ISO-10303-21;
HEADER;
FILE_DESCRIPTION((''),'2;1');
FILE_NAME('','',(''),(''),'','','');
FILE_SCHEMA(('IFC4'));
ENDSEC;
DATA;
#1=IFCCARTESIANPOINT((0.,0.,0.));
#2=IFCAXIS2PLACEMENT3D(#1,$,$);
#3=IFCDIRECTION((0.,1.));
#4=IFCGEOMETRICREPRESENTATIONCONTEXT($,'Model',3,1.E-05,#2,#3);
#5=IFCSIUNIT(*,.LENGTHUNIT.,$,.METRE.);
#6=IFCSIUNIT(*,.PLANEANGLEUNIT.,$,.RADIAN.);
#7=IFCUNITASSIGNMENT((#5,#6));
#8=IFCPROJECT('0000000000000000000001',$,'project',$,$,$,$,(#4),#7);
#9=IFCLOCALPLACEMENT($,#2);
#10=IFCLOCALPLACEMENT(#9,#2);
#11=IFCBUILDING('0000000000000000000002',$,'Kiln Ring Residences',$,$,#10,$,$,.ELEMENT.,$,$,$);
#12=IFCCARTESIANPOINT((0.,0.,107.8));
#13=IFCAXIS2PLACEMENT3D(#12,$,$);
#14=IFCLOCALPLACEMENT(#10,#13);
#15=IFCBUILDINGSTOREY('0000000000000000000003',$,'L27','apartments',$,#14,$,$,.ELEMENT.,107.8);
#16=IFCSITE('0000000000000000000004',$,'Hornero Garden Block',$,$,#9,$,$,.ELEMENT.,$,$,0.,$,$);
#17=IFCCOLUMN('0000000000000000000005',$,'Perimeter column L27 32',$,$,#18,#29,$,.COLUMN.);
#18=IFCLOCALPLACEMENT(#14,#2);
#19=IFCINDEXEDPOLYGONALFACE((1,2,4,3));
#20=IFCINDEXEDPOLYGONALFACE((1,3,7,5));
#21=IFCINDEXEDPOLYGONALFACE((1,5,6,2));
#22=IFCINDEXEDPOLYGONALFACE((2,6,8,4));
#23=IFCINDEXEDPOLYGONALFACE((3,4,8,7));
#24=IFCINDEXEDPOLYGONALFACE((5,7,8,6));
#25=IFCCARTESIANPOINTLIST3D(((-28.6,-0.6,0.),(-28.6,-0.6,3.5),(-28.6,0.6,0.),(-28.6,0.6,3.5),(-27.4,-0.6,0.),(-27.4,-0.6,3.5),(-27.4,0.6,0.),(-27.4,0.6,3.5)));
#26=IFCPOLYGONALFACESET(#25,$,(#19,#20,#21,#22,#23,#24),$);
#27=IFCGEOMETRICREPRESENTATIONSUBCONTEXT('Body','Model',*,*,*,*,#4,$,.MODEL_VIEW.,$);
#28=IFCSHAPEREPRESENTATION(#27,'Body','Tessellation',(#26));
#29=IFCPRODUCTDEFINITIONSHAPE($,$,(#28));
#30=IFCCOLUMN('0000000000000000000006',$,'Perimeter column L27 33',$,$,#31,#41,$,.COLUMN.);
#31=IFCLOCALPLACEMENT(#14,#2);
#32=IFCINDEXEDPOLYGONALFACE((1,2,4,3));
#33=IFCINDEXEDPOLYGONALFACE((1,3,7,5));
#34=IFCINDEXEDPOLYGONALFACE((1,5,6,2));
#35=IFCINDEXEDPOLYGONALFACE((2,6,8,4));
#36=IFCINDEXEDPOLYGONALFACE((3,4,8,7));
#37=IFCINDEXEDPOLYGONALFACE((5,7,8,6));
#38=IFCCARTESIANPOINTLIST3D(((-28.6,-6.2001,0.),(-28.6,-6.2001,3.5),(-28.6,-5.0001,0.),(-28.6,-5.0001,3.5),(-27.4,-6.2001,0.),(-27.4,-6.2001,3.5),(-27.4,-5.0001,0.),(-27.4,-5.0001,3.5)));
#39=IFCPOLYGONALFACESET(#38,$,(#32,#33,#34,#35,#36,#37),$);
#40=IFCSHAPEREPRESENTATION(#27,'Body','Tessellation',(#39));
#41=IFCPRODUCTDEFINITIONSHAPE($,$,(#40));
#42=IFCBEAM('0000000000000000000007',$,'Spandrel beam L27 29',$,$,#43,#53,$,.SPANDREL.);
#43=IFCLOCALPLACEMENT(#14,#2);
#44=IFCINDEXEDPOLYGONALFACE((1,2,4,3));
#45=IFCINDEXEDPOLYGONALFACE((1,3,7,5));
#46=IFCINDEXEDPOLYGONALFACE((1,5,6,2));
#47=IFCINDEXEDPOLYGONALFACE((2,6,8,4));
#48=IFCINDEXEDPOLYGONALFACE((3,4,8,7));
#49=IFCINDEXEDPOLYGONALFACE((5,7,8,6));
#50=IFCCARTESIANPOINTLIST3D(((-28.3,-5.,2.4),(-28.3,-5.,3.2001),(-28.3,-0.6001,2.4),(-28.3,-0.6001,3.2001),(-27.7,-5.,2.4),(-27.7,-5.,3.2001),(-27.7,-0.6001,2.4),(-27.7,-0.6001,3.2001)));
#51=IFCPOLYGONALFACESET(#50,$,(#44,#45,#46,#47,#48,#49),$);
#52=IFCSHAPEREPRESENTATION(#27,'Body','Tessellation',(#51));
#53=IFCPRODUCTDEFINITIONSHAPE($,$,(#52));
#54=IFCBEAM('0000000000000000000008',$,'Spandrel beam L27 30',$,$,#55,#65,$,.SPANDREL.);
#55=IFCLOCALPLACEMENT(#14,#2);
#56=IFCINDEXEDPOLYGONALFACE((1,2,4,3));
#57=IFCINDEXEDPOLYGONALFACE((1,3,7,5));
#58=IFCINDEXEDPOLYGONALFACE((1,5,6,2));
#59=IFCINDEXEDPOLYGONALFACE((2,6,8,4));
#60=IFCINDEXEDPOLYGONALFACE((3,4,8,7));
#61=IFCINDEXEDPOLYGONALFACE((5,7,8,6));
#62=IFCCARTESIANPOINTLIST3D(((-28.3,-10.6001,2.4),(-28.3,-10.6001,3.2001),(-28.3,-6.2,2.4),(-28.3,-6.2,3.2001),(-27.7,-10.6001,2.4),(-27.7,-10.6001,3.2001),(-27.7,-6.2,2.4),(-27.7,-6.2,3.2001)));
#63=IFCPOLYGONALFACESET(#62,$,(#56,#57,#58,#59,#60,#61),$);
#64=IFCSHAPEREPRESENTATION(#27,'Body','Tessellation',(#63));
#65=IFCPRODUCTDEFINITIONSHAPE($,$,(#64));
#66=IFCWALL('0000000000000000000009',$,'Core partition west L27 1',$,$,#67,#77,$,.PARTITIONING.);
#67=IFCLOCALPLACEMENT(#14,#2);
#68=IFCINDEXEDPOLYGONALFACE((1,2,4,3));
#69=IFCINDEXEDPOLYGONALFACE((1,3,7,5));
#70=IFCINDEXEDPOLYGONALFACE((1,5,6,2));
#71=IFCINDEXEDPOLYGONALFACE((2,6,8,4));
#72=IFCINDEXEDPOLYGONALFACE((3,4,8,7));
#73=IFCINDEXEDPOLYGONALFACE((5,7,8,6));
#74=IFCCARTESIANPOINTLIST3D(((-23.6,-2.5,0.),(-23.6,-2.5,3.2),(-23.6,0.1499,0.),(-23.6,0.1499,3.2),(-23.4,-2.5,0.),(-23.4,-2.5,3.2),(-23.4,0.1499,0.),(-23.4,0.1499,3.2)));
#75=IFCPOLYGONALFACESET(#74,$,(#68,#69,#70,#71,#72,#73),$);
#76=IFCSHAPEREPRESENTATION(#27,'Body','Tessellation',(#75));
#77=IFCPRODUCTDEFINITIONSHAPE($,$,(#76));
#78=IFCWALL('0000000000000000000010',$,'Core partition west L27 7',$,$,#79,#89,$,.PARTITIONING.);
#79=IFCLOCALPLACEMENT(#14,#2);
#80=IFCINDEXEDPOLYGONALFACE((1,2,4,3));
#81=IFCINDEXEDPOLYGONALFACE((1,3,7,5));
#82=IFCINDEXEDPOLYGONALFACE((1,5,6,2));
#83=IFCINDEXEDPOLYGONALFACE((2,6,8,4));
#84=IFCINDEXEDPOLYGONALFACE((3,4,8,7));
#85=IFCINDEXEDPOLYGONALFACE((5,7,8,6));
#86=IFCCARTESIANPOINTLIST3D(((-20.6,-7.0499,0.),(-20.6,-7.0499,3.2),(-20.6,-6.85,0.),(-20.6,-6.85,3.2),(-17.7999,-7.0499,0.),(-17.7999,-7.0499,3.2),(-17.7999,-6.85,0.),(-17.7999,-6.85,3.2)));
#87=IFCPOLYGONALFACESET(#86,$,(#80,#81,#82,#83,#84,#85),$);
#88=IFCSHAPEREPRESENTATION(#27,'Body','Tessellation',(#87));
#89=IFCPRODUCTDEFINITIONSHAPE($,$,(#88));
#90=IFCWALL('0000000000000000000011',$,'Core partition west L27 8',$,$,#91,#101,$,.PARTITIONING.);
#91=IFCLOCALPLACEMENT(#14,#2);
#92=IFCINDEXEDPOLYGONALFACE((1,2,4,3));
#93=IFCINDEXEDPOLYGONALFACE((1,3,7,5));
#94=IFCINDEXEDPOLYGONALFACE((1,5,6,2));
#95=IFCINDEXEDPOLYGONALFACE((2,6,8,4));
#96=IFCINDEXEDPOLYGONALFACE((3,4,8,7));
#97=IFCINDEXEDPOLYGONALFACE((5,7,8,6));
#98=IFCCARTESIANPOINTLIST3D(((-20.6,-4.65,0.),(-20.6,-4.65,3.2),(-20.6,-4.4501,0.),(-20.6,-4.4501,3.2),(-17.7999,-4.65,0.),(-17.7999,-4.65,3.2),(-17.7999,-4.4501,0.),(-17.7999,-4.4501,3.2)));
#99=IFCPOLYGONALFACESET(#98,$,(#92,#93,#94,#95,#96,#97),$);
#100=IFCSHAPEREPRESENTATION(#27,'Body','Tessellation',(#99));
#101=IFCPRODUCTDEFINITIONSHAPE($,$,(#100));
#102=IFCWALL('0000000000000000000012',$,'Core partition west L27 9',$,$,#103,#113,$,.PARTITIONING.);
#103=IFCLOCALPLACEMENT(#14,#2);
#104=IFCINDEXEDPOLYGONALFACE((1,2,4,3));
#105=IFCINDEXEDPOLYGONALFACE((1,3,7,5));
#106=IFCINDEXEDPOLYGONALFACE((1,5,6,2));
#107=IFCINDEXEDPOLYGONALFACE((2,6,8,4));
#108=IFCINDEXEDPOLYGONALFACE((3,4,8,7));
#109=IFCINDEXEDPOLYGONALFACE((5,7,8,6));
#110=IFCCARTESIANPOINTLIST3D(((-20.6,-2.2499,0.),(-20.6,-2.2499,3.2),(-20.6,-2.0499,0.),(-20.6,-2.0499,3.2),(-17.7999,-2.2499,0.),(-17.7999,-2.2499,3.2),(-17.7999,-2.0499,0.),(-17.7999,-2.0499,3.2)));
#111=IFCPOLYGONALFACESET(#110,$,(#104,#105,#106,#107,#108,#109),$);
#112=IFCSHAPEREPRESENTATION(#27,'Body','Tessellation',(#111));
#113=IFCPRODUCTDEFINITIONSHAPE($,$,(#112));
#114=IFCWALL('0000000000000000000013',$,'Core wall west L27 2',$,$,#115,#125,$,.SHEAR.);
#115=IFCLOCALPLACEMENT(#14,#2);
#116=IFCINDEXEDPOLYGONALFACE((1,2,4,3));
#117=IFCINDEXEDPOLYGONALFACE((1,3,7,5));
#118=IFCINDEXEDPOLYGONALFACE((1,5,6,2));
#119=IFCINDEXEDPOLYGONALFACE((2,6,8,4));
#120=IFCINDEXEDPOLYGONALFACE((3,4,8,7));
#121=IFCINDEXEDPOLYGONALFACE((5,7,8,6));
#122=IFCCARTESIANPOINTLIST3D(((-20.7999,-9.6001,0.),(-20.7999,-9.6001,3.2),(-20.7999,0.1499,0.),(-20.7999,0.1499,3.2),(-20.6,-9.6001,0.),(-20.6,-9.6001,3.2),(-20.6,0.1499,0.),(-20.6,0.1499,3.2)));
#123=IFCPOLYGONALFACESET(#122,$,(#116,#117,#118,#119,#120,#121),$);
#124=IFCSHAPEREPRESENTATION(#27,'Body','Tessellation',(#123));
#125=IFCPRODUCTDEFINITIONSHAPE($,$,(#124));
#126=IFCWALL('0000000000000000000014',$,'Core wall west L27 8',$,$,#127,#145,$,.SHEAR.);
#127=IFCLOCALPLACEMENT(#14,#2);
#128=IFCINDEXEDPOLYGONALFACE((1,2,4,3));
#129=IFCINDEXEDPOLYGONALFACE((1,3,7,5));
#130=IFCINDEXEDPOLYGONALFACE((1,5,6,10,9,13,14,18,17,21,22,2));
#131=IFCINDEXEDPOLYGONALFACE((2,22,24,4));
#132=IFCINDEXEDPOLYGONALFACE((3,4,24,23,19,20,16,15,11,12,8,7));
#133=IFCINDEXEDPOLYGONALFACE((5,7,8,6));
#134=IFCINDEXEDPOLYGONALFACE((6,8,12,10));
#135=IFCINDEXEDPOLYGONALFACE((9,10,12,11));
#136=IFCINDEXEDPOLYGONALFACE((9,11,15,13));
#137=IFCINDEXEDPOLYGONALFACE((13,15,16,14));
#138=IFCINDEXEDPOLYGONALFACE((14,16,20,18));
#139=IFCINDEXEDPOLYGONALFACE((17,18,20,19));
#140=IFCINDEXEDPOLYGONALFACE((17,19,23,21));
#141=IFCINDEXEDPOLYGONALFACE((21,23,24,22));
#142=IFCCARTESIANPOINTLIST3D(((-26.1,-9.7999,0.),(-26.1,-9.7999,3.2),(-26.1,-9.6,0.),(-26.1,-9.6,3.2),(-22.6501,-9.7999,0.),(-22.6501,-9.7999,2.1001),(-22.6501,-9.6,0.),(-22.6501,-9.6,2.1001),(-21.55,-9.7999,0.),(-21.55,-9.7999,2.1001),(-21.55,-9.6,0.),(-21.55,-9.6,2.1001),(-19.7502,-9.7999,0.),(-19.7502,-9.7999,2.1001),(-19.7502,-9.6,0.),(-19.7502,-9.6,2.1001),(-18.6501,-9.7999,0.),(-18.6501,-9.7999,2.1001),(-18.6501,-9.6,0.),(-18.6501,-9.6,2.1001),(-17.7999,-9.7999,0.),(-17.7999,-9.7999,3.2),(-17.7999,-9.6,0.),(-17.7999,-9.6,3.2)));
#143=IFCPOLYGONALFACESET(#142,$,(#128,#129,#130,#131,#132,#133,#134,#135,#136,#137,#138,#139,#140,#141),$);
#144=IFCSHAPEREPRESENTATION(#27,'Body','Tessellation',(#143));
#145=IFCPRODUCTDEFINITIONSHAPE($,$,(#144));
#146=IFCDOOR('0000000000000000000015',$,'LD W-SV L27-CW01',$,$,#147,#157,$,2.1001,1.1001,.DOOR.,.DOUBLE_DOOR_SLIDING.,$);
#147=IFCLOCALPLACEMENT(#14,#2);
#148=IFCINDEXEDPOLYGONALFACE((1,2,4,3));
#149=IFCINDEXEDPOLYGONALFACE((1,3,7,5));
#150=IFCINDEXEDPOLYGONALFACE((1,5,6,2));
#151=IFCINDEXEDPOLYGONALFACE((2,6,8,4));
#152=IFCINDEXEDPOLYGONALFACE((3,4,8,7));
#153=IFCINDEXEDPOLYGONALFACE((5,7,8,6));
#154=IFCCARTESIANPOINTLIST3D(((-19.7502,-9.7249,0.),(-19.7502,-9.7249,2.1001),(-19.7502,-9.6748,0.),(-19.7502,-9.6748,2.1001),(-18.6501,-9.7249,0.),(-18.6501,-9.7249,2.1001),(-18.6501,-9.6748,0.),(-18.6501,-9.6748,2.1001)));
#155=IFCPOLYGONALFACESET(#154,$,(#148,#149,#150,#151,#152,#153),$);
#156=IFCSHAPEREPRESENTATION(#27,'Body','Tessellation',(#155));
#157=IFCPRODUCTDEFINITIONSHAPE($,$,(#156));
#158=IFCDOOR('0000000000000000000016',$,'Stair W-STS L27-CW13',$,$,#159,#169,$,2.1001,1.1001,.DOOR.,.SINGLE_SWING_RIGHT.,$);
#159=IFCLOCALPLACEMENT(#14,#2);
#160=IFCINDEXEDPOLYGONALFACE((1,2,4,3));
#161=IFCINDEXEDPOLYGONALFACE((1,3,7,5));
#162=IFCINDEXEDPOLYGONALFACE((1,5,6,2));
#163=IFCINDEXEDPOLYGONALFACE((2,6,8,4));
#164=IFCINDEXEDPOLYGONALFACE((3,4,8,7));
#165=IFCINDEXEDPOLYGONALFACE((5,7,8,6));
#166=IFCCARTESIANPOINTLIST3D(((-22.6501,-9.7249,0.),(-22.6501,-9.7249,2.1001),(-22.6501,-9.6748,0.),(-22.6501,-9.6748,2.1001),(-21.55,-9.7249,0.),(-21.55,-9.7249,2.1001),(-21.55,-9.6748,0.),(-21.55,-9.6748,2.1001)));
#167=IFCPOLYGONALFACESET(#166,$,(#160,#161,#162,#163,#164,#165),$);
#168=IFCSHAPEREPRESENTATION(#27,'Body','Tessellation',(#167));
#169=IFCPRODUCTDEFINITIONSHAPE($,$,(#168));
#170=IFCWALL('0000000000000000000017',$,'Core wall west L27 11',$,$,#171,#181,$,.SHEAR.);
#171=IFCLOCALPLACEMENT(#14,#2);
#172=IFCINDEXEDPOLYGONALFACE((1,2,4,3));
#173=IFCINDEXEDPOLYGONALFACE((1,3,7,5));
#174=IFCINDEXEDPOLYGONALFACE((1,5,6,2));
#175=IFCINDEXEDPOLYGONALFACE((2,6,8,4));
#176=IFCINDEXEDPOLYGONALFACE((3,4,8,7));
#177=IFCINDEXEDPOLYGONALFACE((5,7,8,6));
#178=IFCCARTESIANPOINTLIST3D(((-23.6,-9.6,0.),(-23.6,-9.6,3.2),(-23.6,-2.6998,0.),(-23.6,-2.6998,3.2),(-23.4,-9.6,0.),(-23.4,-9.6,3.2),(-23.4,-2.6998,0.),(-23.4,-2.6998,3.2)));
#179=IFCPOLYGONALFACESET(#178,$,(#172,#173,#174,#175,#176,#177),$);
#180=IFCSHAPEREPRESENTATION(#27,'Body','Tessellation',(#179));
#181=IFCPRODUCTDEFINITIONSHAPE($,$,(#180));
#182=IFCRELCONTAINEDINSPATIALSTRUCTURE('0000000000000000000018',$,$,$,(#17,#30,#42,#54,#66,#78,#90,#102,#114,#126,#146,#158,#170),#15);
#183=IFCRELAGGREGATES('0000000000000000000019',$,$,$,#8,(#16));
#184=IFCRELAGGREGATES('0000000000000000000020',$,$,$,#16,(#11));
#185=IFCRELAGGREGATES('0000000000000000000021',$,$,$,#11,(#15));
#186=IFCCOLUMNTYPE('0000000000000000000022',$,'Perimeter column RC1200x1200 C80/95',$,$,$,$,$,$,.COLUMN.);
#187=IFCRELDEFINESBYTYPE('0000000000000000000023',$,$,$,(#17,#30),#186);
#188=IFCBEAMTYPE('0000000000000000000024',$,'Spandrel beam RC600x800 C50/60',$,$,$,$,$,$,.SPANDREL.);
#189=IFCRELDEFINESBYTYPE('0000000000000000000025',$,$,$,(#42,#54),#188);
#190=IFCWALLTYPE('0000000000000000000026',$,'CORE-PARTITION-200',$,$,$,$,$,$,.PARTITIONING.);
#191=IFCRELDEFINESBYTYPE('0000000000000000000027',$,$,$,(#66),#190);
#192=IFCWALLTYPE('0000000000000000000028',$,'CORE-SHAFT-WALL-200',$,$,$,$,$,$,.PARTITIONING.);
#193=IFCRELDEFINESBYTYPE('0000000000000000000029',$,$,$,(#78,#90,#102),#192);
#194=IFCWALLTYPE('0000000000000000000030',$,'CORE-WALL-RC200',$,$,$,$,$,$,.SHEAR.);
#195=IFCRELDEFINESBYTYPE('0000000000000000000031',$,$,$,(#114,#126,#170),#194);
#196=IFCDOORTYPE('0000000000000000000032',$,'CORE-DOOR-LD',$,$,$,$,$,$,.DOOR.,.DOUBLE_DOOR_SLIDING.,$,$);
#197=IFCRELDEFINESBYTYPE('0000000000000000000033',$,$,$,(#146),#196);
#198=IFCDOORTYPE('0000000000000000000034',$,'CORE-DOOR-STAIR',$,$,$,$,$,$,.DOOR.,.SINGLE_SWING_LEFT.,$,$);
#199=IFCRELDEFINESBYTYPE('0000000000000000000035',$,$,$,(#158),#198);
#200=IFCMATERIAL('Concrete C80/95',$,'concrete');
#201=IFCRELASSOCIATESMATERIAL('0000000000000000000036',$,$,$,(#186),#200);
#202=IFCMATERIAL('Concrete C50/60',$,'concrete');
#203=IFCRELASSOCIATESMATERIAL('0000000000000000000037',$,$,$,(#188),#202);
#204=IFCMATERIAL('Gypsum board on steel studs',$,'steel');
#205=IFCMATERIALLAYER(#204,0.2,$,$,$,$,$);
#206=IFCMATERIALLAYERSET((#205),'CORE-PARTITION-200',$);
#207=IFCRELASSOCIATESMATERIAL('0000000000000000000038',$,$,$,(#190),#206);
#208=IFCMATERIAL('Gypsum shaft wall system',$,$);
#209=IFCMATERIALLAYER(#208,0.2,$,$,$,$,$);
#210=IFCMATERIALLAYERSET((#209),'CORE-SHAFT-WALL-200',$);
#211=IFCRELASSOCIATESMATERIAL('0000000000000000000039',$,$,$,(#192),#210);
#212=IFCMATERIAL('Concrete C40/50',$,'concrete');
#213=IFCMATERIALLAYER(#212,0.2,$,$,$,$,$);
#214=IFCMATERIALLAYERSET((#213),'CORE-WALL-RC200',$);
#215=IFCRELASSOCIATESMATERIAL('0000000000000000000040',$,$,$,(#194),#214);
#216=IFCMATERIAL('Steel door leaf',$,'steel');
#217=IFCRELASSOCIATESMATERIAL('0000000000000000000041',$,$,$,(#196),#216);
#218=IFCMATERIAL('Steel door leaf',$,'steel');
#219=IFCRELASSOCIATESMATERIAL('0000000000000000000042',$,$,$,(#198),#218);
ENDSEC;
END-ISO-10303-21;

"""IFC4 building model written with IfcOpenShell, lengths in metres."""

from ifc_helpers import new_model, si_unit, direction, frame, frame_2d, origin, origin_2d, place, context, subcontext, project, spatial, rectangle, extrude, material, layer, layer_set, material_profile, profile_set, type_object, element, fill, save


model = new_model("IFC4")

# Units and contexts
model_context = context("Model", 3, precision=1e-05, world=origin(), true_north=direction((0.0, 1.0)))
body_context = subcontext(model_context, "Body", "Model", "MODEL_VIEW")
ifc_project = project(units=[si_unit("LENGTHUNIT", "METRE"), si_unit("PLANEANGLEUNIT", "RADIAN")], contexts=[model_context])

# Site, building, storey
site_placement = place(None, origin())
site = spatial("IfcSite", under=ifc_project, at=site_placement, Name="Hornero Garden Block", CompositionType="ELEMENT", RefElevation=0.0)
building_placement = place(site_placement, origin())
building = spatial("IfcBuilding", under=site, at=building_placement, Name="Kiln Ring Residences", CompositionType="ELEMENT")
storey_placement = place(building_placement, frame((0.0, 0.0, 107.8)))
storey = spatial("IfcBuildingStorey", under=building, at=storey_placement, Name="L27", Description="apartments", CompositionType="ELEMENT", Elevation=107.8)

# Columns
ifc_material_1 = material(Name="Concrete C80/95", Category="concrete")
ifc_material_profile_1 = material_profile(ifc_material_1, rectangle(XDim=1.2, YDim=1.2, at=origin_2d()), Name="RC1200x1200")
ifc_profile_set_1 = profile_set([ifc_material_profile_1], Name="Concrete C80/95")
column_type = type_object("IfcColumnType", Name="Perimeter column RC1200x1200 C80/95", PredefinedType="COLUMN", material=ifc_profile_set_1)
for number, where, z_axis, x_axis, name in (
    (1, (-28.0, 0.0, 0.0), (0.0, 0.0, 1.0), (1.0, 0.0, 0.0), "Perimeter column L27 32"),
    (2, (-28.0, -5.6001, 0.0), (0.0, 0.0, 1.0), (1.0, 0.0, 0.0), "Perimeter column L27 33"),
):
    element("IfcColumn", number, at=place(storey_placement, frame(where, z_axis=z_axis, x_axis=x_axis)), inside=storey, type_object=column_type, Name=name, PredefinedType="COLUMN", context=body_context, shape_type="SweptSolid", body=[
        extrude(rectangle(XDim=1.2, YDim=1.2, at=origin_2d()), origin(), (0.0, 0.0, 1.0), 3.5),
    ])

# Beams
ifc_material_2 = material(Name="Concrete C50/60", Category="concrete")
ifc_material_profile_2 = material_profile(ifc_material_2, rectangle(XDim=0.6001, YDim=0.8, at=origin_2d()), Name="RC600x800")
ifc_profile_set_2 = profile_set([ifc_material_profile_2], Name="Concrete C50/60")
beam_type = type_object("IfcBeamType", Name="Spandrel beam RC600x800 C50/60", PredefinedType="SPANDREL", material=ifc_profile_set_2)
beam_1_placement = place(storey_placement, frame((-28.0, -0.6001, 2.8), z_axis=(0.0, -1.0, 0.0), x_axis=(1.0, 0.0, 0.0)))
element("IfcBeam", 3, at=beam_1_placement, inside=storey, type_object=beam_type, Name="Spandrel beam L27 29", PredefinedType="SPANDREL", context=body_context, shape_type="SweptSolid", body=[
    extrude(rectangle(XDim=0.6001, YDim=0.8, at=origin_2d()), origin(), (0.0, 0.0, 1.0), 4.3999),
])
beam_2_placement = place(storey_placement, frame((-28.0, -6.2, 2.8), z_axis=(0.0, -1.0, 0.0), x_axis=(1.0, 0.0, 0.0)))
element("IfcBeam", 4, at=beam_2_placement, inside=storey, type_object=beam_type, Name="Spandrel beam L27 30", PredefinedType="SPANDREL", context=body_context, shape_type="SweptSolid", body=[
    extrude(rectangle(XDim=0.6001, YDim=0.8, at=origin_2d()), origin(), (0.0, 0.0, 1.0), 4.4001),
])

# Walls
ifc_material_3 = material(Name="Gypsum board on steel studs", Category="steel")
ifc_layer_1 = layer(ifc_material_3, 0.2)
ifc_layer_set_1 = layer_set([ifc_layer_1], Name="CORE-PARTITION-200")
wall_type_1 = type_object("IfcWallType", Name="CORE-PARTITION-200", PredefinedType="PARTITIONING", material=ifc_layer_set_1)
wall_1_placement = place(storey_placement, frame((-23.5, -2.5, 0.0), z_axis=(0.0, 0.0, 1.0), x_axis=(0.0, 1.0, 0.0)))
element("IfcWall", 5, at=wall_1_placement, inside=storey, type_object=wall_type_1, Name="Core partition west L27 1", PredefinedType="PARTITIONING", context=body_context, shape_type="SweptSolid", body=[
    extrude(rectangle(XDim=2.6499, YDim=0.2, at=frame_2d((1.325, 0.0))), origin(), (0.0, 0.0, 1.0), 3.2),
])
ifc_material_4 = material(Name="Gypsum shaft wall system")
ifc_layer_2 = layer(ifc_material_4, 0.2)
ifc_layer_set_2 = layer_set([ifc_layer_2], Name="CORE-SHAFT-WALL-200")
wall_type_2 = type_object("IfcWallType", Name="CORE-SHAFT-WALL-200", PredefinedType="PARTITIONING", material=ifc_layer_set_2)
for number, where, z_axis, x_axis, name in (
    (6, (-17.8, -6.95, 0.0), (0.0, 0.0, 1.0), (-1.0, 0.0, 0.0), "Core partition west L27 7"),
    (7, (-17.8, -4.55, 0.0), (0.0, 0.0, 1.0), (-1.0, 0.0, 0.0), "Core partition west L27 8"),
    (8, (-17.8, -2.1499, 0.0), (0.0, 0.0, 1.0), (-1.0, 0.0, 0.0), "Core partition west L27 9"),
):
    element("IfcWall", number, at=place(storey_placement, frame(where, z_axis=z_axis, x_axis=x_axis)), inside=storey, type_object=wall_type_2, Name=name, PredefinedType="PARTITIONING", context=body_context, shape_type="SweptSolid", body=[
        extrude(rectangle(XDim=2.8, YDim=0.2, at=frame_2d((1.3999, 0.0))), origin(), (0.0, 0.0, 1.0), 3.2),
    ])
ifc_material_5 = material(Name="Concrete C40/50", Category="concrete")
ifc_layer_3 = layer(ifc_material_5, 0.2)
ifc_layer_set_3 = layer_set([ifc_layer_3], Name="CORE-WALL-RC200")
wall_type_3 = type_object("IfcWallType", Name="CORE-WALL-RC200", PredefinedType="SHEAR", material=ifc_layer_set_3)
wall_2_placement = place(storey_placement, frame((-20.7, -9.6001, 0.0), z_axis=(0.0, 0.0, 1.0), x_axis=(0.0, 1.0, 0.0)))
element("IfcWall", 9, at=wall_2_placement, inside=storey, type_object=wall_type_3, Name="Core wall west L27 2", PredefinedType="SHEAR", context=body_context, shape_type="SweptSolid", body=[
    extrude(rectangle(XDim=9.75, YDim=0.2, at=frame_2d((4.875, 0.0))), origin(), (0.0, 0.0, 1.0), 3.2),
])

# Wall, openings, doors
wall_3_placement = place(storey_placement, frame((-17.8, -9.7, 0.0), z_axis=(0.0, 0.0, 1.0), x_axis=(-1.0, 0.0, 0.0)))
wall_3 = element("IfcWall", 10, at=wall_3_placement, inside=storey, type_object=wall_type_3, Name="Core wall west L27 8", PredefinedType="SHEAR", context=body_context, shape_type="SweptSolid", body=[
    extrude(rectangle(XDim=8.3, YDim=0.2, at=frame_2d((4.1499, 0.0))), origin(), (0.0, 0.0, 1.0), 3.2),
])
opening_1_placement = place(wall_3_placement, frame((0.8501, 0.0, 0.0)))
opening_1 = element("IfcOpeningElement", 11, at=opening_1_placement, cuts=wall_3, PredefinedType="OPENING", context=body_context, shape_type="SweptSolid", body=[
    extrude(rectangle(XDim=1.1001, YDim=2.1001, at=frame_2d((0.55, 1.05))), frame((0.0, 0.1099, 0.0), z_axis=(0.0, -1.0, 0.0), x_axis=(1.0, 0.0, 0.0)), (0.0, 0.0, 1.0), 0.22),
])
opening_2_placement = place(wall_3_placement, frame((3.75, 0.0, 0.0)))
opening_2 = element("IfcOpeningElement", 12, at=opening_2_placement, cuts=wall_3, PredefinedType="OPENING", context=body_context, shape_type="SweptSolid", body=[
    extrude(rectangle(XDim=1.1001, YDim=2.1001, at=frame_2d((0.55, 1.05))), frame((0.0, 0.1099, 0.0), z_axis=(0.0, -1.0, 0.0), x_axis=(1.0, 0.0, 0.0)), (0.0, 0.0, 1.0), 0.22),
])
ifc_material_6 = material(Name="Steel door leaf", Category="steel")
door_type_1 = type_object("IfcDoorType", Name="CORE-DOOR-LD", OperationType="DOUBLE_DOOR_SLIDING", PredefinedType="DOOR", material=ifc_material_6)
door_1_placement = place(opening_1_placement, origin())
door_1 = element("IfcDoor", 13, at=door_1_placement, inside=storey, type_object=door_type_1, Name="LD W-SV L27-CW01", OperationType="DOUBLE_DOOR_SLIDING", OverallHeight=2.1001, OverallWidth=1.1001, PredefinedType="DOOR", context=body_context, shape_type="SweptSolid", body=[
    extrude(rectangle(XDim=1.1001, YDim=2.1001, at=frame_2d((0.55, 1.05))), frame((0.0, 0.0249, 0.0), z_axis=(0.0, -1.0, 0.0), x_axis=(1.0, 0.0, 0.0)), (0.0, 0.0, 1.0), 0.05),
])
fill(opening_1, door_1)
ifc_material_7 = material(Name="Steel door leaf", Category="steel")
door_type_2 = type_object("IfcDoorType", Name="CORE-DOOR-STAIR", OperationType="SINGLE_SWING_LEFT", PredefinedType="DOOR", material=ifc_material_7)
door_2_placement = place(opening_2_placement, origin())
door_2 = element("IfcDoor", 14, at=door_2_placement, inside=storey, type_object=door_type_2, Name="Stair W-STS L27-CW13", OperationType="SINGLE_SWING_RIGHT", OverallHeight=2.1001, OverallWidth=1.1001, PredefinedType="DOOR", context=body_context, shape_type="SweptSolid", body=[
    extrude(rectangle(XDim=1.1001, YDim=2.1001, at=frame_2d((0.55, 1.05))), frame((0.0, 0.0249, 0.0), z_axis=(0.0, -1.0, 0.0), x_axis=(1.0, 0.0, 0.0)), (0.0, 0.0, 1.0), 0.05),
])
fill(opening_2, door_2)

# Wall
wall_4_placement = place(storey_placement, frame((-23.5, -9.6001, 0.0), z_axis=(0.0, 0.0, 1.0), x_axis=(0.0, 1.0, 0.0)))
element("IfcWall", 15, at=wall_4_placement, inside=storey, type_object=wall_type_3, Name="Core wall west L27 11", PredefinedType="SHEAR", context=body_context, shape_type="SweptSolid", body=[
    extrude(rectangle(XDim=6.9001, YDim=0.2, at=frame_2d((3.4502, 0.0))), origin(), (0.0, 0.0, 1.0), 3.2),
])

save(model, "model.ifc")
